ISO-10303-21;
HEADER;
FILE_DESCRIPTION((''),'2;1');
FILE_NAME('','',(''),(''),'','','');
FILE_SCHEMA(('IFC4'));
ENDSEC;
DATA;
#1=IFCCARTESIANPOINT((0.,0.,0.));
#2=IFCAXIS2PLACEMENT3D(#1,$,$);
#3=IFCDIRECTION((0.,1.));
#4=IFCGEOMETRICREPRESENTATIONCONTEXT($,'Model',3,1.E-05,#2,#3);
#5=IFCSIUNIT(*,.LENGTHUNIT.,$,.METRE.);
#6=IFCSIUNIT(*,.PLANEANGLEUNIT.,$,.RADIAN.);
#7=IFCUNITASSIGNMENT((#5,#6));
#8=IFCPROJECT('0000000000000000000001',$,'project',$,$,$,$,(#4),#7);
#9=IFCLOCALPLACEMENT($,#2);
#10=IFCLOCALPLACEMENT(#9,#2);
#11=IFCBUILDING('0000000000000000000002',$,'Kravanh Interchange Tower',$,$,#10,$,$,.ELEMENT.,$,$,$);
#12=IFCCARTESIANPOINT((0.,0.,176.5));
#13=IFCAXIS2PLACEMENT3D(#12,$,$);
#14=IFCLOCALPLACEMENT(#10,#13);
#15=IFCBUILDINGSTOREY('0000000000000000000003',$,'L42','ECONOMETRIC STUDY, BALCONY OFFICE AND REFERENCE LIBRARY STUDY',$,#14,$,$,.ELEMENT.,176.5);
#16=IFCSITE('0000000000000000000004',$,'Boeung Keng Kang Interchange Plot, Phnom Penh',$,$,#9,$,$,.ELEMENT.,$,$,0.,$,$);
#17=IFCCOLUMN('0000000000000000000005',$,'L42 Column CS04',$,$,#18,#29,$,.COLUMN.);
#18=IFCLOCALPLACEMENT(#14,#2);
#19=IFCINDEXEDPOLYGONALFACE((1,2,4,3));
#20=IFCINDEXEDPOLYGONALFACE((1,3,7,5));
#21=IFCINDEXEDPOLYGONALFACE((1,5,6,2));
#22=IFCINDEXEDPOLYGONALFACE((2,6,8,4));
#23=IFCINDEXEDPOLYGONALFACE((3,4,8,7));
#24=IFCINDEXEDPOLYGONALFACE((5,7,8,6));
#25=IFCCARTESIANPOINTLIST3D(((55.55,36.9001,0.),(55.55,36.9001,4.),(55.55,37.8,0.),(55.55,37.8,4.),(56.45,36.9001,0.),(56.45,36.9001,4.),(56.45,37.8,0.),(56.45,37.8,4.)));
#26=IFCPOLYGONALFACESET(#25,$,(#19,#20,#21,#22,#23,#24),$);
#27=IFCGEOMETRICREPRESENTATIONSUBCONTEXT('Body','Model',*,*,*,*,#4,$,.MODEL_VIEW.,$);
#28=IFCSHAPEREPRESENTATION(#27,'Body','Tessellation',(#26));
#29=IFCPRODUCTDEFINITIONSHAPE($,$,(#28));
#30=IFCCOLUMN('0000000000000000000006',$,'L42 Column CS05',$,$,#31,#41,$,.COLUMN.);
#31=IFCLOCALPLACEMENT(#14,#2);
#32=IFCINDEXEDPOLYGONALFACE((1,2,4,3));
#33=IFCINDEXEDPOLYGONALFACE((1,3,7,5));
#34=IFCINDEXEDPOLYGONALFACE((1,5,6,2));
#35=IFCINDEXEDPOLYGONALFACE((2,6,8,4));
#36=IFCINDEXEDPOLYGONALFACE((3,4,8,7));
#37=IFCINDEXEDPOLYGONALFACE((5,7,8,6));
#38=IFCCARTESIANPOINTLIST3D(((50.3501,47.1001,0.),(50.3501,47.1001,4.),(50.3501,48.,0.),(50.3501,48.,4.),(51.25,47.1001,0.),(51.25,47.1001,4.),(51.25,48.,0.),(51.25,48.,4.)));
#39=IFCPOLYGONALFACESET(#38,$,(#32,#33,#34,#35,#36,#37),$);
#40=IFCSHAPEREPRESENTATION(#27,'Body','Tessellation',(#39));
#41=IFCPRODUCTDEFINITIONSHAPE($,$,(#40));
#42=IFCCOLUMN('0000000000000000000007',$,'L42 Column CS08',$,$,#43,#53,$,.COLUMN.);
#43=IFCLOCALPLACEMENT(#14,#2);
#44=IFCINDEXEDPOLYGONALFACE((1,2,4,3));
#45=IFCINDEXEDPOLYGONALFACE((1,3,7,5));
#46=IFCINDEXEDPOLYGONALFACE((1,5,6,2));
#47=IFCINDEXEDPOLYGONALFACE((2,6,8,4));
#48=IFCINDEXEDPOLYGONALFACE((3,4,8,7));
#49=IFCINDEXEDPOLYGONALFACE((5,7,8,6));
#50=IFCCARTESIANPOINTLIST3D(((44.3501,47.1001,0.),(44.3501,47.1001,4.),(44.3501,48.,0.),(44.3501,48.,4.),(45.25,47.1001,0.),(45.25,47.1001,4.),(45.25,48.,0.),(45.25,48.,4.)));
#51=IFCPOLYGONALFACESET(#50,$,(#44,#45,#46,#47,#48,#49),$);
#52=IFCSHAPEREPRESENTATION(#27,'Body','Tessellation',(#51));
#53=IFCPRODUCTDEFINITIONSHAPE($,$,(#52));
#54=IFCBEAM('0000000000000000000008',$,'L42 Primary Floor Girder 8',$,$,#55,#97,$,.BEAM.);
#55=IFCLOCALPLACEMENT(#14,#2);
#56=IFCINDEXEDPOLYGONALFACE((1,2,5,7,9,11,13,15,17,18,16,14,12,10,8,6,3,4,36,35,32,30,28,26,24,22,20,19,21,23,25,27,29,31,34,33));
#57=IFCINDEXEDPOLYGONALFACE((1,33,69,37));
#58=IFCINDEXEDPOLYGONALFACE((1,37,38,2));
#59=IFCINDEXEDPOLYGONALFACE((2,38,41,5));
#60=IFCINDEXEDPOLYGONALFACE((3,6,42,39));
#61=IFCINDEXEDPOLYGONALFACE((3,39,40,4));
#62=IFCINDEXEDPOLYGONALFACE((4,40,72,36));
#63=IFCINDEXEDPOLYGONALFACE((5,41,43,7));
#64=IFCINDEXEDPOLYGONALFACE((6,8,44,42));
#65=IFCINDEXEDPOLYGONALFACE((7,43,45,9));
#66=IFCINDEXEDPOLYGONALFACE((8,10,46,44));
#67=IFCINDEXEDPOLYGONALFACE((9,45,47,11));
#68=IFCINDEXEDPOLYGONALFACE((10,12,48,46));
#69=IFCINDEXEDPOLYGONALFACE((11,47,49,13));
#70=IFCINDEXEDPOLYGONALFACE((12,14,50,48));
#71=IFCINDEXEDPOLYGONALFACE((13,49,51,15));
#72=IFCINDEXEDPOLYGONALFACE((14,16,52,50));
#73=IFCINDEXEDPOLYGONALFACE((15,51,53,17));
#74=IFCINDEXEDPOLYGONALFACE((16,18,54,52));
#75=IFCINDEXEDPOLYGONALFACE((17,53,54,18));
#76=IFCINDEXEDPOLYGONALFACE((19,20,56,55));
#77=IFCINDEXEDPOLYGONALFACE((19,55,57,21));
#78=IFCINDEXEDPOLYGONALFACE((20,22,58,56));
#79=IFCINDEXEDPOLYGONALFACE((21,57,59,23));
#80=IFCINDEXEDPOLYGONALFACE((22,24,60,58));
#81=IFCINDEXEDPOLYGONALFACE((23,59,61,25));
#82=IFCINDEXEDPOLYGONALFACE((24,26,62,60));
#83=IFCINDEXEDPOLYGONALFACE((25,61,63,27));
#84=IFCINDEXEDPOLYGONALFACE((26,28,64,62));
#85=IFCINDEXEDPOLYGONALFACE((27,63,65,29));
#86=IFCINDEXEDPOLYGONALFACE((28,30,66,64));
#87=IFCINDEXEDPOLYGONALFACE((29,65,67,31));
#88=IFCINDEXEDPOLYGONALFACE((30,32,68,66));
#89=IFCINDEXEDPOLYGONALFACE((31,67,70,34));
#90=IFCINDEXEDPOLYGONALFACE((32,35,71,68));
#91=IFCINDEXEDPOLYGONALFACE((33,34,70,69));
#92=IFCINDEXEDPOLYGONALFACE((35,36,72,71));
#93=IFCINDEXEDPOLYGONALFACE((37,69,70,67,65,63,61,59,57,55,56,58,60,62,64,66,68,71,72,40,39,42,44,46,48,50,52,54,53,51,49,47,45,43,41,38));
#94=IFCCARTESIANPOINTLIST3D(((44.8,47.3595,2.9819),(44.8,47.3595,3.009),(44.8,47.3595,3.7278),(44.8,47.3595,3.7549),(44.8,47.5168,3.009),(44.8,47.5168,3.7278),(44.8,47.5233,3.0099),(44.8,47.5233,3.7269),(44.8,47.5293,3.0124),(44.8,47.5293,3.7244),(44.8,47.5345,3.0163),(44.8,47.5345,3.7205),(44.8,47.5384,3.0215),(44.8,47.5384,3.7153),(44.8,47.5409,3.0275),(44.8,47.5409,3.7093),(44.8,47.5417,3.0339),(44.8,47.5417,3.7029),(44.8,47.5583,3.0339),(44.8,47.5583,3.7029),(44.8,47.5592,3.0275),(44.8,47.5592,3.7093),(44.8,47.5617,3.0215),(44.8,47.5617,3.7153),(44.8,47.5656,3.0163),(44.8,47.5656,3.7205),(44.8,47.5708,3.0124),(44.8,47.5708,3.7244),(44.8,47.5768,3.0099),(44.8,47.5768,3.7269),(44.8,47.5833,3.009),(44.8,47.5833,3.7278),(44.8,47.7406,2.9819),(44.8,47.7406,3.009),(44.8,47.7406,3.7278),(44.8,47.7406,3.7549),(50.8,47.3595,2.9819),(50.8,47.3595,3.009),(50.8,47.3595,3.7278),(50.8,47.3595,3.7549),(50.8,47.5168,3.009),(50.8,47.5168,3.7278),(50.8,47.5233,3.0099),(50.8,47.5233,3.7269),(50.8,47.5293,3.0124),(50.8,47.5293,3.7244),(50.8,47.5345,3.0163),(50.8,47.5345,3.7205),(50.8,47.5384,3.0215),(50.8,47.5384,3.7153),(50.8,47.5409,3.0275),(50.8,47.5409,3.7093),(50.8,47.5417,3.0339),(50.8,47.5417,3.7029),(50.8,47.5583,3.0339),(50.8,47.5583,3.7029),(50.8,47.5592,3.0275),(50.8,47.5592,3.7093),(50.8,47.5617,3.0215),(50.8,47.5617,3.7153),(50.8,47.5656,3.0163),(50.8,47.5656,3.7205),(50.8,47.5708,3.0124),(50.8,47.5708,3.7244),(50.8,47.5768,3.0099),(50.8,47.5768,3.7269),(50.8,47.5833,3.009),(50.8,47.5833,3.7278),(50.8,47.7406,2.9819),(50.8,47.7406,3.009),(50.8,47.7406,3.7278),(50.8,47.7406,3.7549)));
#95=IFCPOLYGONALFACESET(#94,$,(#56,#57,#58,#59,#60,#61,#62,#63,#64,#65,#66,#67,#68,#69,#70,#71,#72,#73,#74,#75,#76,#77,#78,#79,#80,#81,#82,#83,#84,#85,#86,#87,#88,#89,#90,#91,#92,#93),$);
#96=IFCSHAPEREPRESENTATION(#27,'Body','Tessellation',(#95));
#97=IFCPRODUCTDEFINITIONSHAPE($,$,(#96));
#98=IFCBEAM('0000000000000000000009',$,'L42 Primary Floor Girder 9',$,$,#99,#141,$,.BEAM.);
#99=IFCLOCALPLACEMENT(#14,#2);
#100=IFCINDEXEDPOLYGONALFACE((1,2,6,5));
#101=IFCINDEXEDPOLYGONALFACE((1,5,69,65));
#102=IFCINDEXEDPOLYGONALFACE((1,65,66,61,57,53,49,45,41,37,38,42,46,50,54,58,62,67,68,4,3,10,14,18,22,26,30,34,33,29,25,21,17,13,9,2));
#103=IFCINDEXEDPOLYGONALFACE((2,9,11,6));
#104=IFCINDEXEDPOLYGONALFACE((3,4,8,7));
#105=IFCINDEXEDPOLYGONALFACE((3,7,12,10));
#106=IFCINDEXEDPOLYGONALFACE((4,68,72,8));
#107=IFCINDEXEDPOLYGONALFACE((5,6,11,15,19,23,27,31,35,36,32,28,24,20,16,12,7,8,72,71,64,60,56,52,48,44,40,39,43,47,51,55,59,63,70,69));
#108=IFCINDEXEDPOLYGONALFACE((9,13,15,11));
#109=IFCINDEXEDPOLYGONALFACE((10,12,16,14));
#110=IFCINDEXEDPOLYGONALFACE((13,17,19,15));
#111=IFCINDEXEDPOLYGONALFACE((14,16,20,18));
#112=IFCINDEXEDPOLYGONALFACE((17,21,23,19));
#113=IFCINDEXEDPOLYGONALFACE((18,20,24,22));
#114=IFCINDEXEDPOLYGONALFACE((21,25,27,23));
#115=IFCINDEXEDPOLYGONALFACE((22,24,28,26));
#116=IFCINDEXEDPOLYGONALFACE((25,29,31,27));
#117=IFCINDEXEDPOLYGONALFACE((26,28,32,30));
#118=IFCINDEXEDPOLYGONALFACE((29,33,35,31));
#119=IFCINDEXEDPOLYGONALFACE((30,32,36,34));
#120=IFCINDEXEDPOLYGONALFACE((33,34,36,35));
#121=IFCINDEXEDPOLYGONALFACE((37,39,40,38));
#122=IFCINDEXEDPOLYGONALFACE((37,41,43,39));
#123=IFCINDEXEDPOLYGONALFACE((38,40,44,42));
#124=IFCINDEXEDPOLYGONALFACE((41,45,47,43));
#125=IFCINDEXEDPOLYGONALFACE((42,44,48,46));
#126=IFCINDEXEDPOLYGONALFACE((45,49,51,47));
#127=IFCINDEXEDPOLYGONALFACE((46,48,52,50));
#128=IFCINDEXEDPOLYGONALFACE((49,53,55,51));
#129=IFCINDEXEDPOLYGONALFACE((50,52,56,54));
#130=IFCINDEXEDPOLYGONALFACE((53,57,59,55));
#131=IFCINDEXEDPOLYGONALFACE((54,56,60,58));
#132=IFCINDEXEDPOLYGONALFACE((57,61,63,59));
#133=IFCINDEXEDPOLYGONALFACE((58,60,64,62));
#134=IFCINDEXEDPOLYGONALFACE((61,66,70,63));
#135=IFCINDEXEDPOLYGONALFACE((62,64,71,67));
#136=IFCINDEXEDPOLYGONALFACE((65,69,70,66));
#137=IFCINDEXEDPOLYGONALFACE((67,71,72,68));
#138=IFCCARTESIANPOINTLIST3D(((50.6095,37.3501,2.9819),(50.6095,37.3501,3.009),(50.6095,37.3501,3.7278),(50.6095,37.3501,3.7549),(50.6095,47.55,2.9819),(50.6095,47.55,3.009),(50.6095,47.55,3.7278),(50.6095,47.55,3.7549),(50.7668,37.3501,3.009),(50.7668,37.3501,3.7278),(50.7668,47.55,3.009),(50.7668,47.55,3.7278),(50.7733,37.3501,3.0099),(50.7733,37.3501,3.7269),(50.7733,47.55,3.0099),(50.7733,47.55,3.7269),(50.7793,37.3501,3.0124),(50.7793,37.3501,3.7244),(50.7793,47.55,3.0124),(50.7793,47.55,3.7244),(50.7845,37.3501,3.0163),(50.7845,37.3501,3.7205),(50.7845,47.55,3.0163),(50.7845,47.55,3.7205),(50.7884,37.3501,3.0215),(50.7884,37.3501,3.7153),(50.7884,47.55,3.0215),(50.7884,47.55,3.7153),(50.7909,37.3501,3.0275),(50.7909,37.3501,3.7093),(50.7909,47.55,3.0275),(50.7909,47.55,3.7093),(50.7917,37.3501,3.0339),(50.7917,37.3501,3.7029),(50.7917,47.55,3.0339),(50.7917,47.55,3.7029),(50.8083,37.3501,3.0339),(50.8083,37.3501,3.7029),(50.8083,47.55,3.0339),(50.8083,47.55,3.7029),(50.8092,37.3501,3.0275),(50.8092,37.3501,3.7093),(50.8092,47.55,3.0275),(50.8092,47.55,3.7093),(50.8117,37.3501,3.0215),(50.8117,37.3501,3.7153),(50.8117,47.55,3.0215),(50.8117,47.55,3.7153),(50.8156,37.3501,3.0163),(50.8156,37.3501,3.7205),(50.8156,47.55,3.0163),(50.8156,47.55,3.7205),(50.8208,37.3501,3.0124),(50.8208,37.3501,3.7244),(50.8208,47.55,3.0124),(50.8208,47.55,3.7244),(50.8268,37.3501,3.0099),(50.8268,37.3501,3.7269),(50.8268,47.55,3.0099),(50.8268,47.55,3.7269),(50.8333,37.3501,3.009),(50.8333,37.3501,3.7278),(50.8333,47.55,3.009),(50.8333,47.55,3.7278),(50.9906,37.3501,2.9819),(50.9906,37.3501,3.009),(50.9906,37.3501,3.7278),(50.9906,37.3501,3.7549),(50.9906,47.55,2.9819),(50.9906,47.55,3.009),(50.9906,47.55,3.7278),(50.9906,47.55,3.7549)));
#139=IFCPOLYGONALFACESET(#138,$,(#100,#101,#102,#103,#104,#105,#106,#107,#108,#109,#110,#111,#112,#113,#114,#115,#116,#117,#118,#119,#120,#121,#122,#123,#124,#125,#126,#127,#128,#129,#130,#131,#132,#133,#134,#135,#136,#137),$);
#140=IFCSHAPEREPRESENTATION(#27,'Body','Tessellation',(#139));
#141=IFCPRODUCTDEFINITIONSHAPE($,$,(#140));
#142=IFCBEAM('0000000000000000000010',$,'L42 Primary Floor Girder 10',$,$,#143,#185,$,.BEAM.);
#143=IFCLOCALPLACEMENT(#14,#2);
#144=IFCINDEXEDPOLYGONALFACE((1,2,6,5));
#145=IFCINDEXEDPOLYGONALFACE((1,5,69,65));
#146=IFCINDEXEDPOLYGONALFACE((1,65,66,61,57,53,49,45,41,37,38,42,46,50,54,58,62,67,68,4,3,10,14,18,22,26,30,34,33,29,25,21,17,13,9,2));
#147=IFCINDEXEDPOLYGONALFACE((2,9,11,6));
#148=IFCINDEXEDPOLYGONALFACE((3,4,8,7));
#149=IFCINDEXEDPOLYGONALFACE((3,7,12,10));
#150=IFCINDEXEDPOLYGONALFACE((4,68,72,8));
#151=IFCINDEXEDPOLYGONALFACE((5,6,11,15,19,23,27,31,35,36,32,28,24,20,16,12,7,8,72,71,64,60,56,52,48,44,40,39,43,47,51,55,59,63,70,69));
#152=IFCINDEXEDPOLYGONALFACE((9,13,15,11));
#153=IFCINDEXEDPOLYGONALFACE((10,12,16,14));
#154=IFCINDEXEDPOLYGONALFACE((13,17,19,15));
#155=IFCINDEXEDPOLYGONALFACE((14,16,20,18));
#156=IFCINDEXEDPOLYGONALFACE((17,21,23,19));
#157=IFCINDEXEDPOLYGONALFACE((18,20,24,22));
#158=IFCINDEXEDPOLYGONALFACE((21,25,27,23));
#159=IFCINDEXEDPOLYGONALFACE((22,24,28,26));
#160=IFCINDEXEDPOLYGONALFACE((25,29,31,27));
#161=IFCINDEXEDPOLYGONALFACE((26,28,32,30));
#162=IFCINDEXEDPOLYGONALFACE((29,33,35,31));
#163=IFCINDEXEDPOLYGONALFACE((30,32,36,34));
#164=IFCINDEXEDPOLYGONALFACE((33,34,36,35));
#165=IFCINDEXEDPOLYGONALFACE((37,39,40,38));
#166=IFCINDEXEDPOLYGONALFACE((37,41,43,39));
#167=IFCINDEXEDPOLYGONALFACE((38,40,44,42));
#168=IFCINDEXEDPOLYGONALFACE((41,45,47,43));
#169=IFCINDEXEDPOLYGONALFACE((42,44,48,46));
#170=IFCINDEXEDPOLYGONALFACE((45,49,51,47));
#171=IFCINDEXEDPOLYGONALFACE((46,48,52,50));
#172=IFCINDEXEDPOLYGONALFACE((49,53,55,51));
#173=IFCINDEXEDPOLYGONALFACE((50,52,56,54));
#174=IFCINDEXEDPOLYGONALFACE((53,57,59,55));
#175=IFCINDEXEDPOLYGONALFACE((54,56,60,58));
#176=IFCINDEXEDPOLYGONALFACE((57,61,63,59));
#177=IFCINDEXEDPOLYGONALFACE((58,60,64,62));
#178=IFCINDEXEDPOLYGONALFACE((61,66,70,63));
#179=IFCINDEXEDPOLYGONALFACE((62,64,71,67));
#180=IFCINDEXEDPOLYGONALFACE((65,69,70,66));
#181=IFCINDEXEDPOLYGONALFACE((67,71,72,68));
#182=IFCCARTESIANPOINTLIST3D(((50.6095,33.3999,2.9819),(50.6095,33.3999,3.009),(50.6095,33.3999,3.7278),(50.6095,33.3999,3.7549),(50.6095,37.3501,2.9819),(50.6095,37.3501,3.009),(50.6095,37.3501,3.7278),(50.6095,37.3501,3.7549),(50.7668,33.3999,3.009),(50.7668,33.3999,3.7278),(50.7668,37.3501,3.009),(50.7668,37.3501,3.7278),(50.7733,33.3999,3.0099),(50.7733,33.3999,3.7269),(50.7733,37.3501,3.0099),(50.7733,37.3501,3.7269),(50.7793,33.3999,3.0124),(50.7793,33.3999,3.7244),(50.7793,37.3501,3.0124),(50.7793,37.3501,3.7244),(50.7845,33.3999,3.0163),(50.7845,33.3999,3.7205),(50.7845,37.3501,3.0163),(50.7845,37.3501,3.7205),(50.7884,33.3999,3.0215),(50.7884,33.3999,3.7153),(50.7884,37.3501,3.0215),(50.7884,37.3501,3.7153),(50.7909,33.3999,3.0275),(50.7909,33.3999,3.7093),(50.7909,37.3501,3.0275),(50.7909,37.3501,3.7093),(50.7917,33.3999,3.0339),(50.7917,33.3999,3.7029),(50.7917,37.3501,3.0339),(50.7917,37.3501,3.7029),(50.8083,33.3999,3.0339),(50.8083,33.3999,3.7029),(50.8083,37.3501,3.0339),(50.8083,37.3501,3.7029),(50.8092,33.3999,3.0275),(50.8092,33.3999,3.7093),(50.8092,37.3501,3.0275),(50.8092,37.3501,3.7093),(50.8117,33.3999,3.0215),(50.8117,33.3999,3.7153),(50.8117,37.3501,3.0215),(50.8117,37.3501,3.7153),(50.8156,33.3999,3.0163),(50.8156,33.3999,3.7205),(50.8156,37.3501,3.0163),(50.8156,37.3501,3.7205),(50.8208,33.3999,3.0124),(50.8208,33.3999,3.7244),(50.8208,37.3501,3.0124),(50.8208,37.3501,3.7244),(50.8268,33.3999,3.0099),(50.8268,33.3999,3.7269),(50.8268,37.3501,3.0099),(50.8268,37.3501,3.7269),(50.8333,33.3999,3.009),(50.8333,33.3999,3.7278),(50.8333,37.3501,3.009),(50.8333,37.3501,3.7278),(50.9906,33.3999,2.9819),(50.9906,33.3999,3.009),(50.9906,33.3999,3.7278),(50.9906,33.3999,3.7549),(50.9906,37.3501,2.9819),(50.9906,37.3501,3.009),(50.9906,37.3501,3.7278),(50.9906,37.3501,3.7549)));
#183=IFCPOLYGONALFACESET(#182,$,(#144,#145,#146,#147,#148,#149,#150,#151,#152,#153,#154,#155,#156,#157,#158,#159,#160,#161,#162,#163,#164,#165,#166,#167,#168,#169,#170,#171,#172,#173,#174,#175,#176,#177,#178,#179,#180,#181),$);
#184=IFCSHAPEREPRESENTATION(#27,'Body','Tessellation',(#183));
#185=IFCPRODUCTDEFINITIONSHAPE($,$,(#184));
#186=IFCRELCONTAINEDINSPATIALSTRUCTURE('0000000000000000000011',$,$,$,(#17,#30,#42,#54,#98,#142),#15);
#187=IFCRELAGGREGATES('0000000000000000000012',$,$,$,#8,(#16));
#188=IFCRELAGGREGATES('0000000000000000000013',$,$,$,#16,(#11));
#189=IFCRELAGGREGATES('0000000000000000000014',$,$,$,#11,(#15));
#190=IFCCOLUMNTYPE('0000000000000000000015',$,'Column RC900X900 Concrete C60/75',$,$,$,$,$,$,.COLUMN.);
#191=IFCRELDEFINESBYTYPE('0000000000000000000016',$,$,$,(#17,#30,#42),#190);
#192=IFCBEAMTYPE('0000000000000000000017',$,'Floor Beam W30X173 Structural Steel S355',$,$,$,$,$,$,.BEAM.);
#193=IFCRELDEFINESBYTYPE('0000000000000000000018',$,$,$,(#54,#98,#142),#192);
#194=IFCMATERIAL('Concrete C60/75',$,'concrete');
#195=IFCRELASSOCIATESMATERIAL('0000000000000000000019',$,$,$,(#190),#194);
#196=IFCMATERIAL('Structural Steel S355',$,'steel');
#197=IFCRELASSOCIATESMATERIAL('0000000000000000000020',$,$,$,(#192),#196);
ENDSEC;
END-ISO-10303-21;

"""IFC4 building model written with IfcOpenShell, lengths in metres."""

from ifc_helpers import new_model, si_unit, direction, frame, origin, origin_2d, place, context, subcontext, project, spatial, rectangle, i_section, extrude, material, material_profile, profile_set, type_object, element, save


model = new_model("IFC4")

# Units and contexts
model_context = context("Model", 3, precision=1e-05, world=origin(), true_north=direction((0.0, 1.0)))
body_context = subcontext(model_context, "Body", "Model", "MODEL_VIEW")
ifc_project = project(units=[si_unit("LENGTHUNIT", "METRE"), si_unit("PLANEANGLEUNIT", "RADIAN")], contexts=[model_context])

# Site, building, storey
site_placement = place(None, origin())
site = spatial("IfcSite", under=ifc_project, at=site_placement, Name="Boeung Keng Kang Interchange Plot, Phnom Penh", CompositionType="ELEMENT", RefElevation=0.0)
building_placement = place(site_placement, origin())
building = spatial("IfcBuilding", under=site, at=building_placement, Name="Kravanh Interchange Tower", CompositionType="ELEMENT")
storey_placement = place(building_placement, frame((0.0, 0.0, 176.5)))
storey = spatial("IfcBuildingStorey", under=building, at=storey_placement, Name="L42", Description="ECONOMETRIC STUDY, BALCONY OFFICE AND REFERENCE LIBRARY STUDY", CompositionType="ELEMENT", Elevation=176.5)

# Columns
ifc_material_1 = material(Name="Concrete C60/75", Category="concrete")
ifc_material_profile_1 = material_profile(ifc_material_1, rectangle(XDim=0.8999, YDim=0.8999, at=origin_2d()), Name="RC900X900")
ifc_profile_set_1 = profile_set([ifc_material_profile_1], Name="Concrete C60/75")
column_type = type_object("IfcColumnType", Name="Column RC900X900 Concrete C60/75", PredefinedType="COLUMN", material=ifc_profile_set_1)
for number, where, z_axis, x_axis, name in (
    (1, (56.0, 37.3501, 0.0), (0.0, 0.0, 1.0), (1.0, 0.0, 0.0), "L42 Column CS04"),
    (2, (50.8, 47.55, 0.0), (0.0, 0.0, 1.0), (1.0, 0.0, 0.0), "L42 Column CS05"),
    (3, (44.8, 47.55, 0.0), (0.0, 0.0, 1.0), (1.0, 0.0, 0.0), "L42 Column CS08"),
):
    element("IfcColumn", number, at=place(storey_placement, frame(where, z_axis=z_axis, x_axis=x_axis)), inside=storey, type_object=column_type, Name=name, PredefinedType="COLUMN", context=body_context, shape_type="SweptSolid", body=[
        extrude(rectangle(XDim=0.8999, YDim=0.8999, at=origin_2d()), origin(), (0.0, 0.0, 1.0), 4.0),
    ])

# Beams
ifc_material_2 = material(Name="Structural Steel S355", Category="steel")
ifc_material_profile_2 = material_profile(ifc_material_2, i_section(OverallWidth=0.3811, OverallDepth=0.7729, WebThickness=0.0166, FlangeThickness=0.0271, FilletRadius=0.0249, at=origin_2d()), Name="W30X173")
ifc_profile_set_2 = profile_set([ifc_material_profile_2], Name="Structural Steel S355")
beam_type_1 = type_object("IfcBeamType", Name="Floor Beam W30X173 Structural Steel S355", PredefinedType="BEAM", material=ifc_profile_set_2)
beam_1_placement = place(storey_placement, frame((50.8, 47.55, 3.3684), z_axis=(-1.0, 0.0, 0.0), x_axis=(0.0, -1.0, 0.0)))
element("IfcBeam", 4, at=beam_1_placement, inside=storey, type_object=beam_type_1, Name="L42 Primary Floor Girder 8", PredefinedType="BEAM", context=body_context, shape_type="SweptSolid", body=[
    extrude(i_section(OverallWidth=0.3811, OverallDepth=0.7729, WebThickness=0.0166, FlangeThickness=0.0271, FilletRadius=0.0249, at=origin_2d()), origin(), (0.0, 0.0, 1.0), 6.0),
])
beam_2_placement = place(storey_placement, frame((50.8, 47.55, 3.3684), z_axis=(0.0, -1.0, 0.0), x_axis=(1.0, 0.0, 0.0)))
element("IfcBeam", 5, at=beam_2_placement, inside=storey, type_object=beam_type_1, Name="L42 Primary Floor Girder 9", PredefinedType="BEAM", context=body_context, shape_type="SweptSolid", body=[
    extrude(i_section(OverallWidth=0.3811, OverallDepth=0.7729, WebThickness=0.0166, FlangeThickness=0.0271, FilletRadius=0.0249, at=origin_2d()), origin(), (0.0, 0.0, 1.0), 10.2),
])
beam_3_placement = place(storey_placement, frame((50.8, 37.3501, 3.3684), z_axis=(0.0, -1.0, 0.0), x_axis=(1.0, 0.0, 0.0)))
element("IfcBeam", 6, at=beam_3_placement, inside=storey, type_object=beam_type_1, Name="L42 Primary Floor Girder 10", PredefinedType="BEAM", context=body_context, shape_type="SweptSolid", body=[
    extrude(i_section(OverallWidth=0.3811, OverallDepth=0.7729, WebThickness=0.0166, FlangeThickness=0.0271, FilletRadius=0.0249, at=origin_2d()), origin(), (0.0, 0.0, 1.0), 3.9502),
])

save(model, "model.ifc")
